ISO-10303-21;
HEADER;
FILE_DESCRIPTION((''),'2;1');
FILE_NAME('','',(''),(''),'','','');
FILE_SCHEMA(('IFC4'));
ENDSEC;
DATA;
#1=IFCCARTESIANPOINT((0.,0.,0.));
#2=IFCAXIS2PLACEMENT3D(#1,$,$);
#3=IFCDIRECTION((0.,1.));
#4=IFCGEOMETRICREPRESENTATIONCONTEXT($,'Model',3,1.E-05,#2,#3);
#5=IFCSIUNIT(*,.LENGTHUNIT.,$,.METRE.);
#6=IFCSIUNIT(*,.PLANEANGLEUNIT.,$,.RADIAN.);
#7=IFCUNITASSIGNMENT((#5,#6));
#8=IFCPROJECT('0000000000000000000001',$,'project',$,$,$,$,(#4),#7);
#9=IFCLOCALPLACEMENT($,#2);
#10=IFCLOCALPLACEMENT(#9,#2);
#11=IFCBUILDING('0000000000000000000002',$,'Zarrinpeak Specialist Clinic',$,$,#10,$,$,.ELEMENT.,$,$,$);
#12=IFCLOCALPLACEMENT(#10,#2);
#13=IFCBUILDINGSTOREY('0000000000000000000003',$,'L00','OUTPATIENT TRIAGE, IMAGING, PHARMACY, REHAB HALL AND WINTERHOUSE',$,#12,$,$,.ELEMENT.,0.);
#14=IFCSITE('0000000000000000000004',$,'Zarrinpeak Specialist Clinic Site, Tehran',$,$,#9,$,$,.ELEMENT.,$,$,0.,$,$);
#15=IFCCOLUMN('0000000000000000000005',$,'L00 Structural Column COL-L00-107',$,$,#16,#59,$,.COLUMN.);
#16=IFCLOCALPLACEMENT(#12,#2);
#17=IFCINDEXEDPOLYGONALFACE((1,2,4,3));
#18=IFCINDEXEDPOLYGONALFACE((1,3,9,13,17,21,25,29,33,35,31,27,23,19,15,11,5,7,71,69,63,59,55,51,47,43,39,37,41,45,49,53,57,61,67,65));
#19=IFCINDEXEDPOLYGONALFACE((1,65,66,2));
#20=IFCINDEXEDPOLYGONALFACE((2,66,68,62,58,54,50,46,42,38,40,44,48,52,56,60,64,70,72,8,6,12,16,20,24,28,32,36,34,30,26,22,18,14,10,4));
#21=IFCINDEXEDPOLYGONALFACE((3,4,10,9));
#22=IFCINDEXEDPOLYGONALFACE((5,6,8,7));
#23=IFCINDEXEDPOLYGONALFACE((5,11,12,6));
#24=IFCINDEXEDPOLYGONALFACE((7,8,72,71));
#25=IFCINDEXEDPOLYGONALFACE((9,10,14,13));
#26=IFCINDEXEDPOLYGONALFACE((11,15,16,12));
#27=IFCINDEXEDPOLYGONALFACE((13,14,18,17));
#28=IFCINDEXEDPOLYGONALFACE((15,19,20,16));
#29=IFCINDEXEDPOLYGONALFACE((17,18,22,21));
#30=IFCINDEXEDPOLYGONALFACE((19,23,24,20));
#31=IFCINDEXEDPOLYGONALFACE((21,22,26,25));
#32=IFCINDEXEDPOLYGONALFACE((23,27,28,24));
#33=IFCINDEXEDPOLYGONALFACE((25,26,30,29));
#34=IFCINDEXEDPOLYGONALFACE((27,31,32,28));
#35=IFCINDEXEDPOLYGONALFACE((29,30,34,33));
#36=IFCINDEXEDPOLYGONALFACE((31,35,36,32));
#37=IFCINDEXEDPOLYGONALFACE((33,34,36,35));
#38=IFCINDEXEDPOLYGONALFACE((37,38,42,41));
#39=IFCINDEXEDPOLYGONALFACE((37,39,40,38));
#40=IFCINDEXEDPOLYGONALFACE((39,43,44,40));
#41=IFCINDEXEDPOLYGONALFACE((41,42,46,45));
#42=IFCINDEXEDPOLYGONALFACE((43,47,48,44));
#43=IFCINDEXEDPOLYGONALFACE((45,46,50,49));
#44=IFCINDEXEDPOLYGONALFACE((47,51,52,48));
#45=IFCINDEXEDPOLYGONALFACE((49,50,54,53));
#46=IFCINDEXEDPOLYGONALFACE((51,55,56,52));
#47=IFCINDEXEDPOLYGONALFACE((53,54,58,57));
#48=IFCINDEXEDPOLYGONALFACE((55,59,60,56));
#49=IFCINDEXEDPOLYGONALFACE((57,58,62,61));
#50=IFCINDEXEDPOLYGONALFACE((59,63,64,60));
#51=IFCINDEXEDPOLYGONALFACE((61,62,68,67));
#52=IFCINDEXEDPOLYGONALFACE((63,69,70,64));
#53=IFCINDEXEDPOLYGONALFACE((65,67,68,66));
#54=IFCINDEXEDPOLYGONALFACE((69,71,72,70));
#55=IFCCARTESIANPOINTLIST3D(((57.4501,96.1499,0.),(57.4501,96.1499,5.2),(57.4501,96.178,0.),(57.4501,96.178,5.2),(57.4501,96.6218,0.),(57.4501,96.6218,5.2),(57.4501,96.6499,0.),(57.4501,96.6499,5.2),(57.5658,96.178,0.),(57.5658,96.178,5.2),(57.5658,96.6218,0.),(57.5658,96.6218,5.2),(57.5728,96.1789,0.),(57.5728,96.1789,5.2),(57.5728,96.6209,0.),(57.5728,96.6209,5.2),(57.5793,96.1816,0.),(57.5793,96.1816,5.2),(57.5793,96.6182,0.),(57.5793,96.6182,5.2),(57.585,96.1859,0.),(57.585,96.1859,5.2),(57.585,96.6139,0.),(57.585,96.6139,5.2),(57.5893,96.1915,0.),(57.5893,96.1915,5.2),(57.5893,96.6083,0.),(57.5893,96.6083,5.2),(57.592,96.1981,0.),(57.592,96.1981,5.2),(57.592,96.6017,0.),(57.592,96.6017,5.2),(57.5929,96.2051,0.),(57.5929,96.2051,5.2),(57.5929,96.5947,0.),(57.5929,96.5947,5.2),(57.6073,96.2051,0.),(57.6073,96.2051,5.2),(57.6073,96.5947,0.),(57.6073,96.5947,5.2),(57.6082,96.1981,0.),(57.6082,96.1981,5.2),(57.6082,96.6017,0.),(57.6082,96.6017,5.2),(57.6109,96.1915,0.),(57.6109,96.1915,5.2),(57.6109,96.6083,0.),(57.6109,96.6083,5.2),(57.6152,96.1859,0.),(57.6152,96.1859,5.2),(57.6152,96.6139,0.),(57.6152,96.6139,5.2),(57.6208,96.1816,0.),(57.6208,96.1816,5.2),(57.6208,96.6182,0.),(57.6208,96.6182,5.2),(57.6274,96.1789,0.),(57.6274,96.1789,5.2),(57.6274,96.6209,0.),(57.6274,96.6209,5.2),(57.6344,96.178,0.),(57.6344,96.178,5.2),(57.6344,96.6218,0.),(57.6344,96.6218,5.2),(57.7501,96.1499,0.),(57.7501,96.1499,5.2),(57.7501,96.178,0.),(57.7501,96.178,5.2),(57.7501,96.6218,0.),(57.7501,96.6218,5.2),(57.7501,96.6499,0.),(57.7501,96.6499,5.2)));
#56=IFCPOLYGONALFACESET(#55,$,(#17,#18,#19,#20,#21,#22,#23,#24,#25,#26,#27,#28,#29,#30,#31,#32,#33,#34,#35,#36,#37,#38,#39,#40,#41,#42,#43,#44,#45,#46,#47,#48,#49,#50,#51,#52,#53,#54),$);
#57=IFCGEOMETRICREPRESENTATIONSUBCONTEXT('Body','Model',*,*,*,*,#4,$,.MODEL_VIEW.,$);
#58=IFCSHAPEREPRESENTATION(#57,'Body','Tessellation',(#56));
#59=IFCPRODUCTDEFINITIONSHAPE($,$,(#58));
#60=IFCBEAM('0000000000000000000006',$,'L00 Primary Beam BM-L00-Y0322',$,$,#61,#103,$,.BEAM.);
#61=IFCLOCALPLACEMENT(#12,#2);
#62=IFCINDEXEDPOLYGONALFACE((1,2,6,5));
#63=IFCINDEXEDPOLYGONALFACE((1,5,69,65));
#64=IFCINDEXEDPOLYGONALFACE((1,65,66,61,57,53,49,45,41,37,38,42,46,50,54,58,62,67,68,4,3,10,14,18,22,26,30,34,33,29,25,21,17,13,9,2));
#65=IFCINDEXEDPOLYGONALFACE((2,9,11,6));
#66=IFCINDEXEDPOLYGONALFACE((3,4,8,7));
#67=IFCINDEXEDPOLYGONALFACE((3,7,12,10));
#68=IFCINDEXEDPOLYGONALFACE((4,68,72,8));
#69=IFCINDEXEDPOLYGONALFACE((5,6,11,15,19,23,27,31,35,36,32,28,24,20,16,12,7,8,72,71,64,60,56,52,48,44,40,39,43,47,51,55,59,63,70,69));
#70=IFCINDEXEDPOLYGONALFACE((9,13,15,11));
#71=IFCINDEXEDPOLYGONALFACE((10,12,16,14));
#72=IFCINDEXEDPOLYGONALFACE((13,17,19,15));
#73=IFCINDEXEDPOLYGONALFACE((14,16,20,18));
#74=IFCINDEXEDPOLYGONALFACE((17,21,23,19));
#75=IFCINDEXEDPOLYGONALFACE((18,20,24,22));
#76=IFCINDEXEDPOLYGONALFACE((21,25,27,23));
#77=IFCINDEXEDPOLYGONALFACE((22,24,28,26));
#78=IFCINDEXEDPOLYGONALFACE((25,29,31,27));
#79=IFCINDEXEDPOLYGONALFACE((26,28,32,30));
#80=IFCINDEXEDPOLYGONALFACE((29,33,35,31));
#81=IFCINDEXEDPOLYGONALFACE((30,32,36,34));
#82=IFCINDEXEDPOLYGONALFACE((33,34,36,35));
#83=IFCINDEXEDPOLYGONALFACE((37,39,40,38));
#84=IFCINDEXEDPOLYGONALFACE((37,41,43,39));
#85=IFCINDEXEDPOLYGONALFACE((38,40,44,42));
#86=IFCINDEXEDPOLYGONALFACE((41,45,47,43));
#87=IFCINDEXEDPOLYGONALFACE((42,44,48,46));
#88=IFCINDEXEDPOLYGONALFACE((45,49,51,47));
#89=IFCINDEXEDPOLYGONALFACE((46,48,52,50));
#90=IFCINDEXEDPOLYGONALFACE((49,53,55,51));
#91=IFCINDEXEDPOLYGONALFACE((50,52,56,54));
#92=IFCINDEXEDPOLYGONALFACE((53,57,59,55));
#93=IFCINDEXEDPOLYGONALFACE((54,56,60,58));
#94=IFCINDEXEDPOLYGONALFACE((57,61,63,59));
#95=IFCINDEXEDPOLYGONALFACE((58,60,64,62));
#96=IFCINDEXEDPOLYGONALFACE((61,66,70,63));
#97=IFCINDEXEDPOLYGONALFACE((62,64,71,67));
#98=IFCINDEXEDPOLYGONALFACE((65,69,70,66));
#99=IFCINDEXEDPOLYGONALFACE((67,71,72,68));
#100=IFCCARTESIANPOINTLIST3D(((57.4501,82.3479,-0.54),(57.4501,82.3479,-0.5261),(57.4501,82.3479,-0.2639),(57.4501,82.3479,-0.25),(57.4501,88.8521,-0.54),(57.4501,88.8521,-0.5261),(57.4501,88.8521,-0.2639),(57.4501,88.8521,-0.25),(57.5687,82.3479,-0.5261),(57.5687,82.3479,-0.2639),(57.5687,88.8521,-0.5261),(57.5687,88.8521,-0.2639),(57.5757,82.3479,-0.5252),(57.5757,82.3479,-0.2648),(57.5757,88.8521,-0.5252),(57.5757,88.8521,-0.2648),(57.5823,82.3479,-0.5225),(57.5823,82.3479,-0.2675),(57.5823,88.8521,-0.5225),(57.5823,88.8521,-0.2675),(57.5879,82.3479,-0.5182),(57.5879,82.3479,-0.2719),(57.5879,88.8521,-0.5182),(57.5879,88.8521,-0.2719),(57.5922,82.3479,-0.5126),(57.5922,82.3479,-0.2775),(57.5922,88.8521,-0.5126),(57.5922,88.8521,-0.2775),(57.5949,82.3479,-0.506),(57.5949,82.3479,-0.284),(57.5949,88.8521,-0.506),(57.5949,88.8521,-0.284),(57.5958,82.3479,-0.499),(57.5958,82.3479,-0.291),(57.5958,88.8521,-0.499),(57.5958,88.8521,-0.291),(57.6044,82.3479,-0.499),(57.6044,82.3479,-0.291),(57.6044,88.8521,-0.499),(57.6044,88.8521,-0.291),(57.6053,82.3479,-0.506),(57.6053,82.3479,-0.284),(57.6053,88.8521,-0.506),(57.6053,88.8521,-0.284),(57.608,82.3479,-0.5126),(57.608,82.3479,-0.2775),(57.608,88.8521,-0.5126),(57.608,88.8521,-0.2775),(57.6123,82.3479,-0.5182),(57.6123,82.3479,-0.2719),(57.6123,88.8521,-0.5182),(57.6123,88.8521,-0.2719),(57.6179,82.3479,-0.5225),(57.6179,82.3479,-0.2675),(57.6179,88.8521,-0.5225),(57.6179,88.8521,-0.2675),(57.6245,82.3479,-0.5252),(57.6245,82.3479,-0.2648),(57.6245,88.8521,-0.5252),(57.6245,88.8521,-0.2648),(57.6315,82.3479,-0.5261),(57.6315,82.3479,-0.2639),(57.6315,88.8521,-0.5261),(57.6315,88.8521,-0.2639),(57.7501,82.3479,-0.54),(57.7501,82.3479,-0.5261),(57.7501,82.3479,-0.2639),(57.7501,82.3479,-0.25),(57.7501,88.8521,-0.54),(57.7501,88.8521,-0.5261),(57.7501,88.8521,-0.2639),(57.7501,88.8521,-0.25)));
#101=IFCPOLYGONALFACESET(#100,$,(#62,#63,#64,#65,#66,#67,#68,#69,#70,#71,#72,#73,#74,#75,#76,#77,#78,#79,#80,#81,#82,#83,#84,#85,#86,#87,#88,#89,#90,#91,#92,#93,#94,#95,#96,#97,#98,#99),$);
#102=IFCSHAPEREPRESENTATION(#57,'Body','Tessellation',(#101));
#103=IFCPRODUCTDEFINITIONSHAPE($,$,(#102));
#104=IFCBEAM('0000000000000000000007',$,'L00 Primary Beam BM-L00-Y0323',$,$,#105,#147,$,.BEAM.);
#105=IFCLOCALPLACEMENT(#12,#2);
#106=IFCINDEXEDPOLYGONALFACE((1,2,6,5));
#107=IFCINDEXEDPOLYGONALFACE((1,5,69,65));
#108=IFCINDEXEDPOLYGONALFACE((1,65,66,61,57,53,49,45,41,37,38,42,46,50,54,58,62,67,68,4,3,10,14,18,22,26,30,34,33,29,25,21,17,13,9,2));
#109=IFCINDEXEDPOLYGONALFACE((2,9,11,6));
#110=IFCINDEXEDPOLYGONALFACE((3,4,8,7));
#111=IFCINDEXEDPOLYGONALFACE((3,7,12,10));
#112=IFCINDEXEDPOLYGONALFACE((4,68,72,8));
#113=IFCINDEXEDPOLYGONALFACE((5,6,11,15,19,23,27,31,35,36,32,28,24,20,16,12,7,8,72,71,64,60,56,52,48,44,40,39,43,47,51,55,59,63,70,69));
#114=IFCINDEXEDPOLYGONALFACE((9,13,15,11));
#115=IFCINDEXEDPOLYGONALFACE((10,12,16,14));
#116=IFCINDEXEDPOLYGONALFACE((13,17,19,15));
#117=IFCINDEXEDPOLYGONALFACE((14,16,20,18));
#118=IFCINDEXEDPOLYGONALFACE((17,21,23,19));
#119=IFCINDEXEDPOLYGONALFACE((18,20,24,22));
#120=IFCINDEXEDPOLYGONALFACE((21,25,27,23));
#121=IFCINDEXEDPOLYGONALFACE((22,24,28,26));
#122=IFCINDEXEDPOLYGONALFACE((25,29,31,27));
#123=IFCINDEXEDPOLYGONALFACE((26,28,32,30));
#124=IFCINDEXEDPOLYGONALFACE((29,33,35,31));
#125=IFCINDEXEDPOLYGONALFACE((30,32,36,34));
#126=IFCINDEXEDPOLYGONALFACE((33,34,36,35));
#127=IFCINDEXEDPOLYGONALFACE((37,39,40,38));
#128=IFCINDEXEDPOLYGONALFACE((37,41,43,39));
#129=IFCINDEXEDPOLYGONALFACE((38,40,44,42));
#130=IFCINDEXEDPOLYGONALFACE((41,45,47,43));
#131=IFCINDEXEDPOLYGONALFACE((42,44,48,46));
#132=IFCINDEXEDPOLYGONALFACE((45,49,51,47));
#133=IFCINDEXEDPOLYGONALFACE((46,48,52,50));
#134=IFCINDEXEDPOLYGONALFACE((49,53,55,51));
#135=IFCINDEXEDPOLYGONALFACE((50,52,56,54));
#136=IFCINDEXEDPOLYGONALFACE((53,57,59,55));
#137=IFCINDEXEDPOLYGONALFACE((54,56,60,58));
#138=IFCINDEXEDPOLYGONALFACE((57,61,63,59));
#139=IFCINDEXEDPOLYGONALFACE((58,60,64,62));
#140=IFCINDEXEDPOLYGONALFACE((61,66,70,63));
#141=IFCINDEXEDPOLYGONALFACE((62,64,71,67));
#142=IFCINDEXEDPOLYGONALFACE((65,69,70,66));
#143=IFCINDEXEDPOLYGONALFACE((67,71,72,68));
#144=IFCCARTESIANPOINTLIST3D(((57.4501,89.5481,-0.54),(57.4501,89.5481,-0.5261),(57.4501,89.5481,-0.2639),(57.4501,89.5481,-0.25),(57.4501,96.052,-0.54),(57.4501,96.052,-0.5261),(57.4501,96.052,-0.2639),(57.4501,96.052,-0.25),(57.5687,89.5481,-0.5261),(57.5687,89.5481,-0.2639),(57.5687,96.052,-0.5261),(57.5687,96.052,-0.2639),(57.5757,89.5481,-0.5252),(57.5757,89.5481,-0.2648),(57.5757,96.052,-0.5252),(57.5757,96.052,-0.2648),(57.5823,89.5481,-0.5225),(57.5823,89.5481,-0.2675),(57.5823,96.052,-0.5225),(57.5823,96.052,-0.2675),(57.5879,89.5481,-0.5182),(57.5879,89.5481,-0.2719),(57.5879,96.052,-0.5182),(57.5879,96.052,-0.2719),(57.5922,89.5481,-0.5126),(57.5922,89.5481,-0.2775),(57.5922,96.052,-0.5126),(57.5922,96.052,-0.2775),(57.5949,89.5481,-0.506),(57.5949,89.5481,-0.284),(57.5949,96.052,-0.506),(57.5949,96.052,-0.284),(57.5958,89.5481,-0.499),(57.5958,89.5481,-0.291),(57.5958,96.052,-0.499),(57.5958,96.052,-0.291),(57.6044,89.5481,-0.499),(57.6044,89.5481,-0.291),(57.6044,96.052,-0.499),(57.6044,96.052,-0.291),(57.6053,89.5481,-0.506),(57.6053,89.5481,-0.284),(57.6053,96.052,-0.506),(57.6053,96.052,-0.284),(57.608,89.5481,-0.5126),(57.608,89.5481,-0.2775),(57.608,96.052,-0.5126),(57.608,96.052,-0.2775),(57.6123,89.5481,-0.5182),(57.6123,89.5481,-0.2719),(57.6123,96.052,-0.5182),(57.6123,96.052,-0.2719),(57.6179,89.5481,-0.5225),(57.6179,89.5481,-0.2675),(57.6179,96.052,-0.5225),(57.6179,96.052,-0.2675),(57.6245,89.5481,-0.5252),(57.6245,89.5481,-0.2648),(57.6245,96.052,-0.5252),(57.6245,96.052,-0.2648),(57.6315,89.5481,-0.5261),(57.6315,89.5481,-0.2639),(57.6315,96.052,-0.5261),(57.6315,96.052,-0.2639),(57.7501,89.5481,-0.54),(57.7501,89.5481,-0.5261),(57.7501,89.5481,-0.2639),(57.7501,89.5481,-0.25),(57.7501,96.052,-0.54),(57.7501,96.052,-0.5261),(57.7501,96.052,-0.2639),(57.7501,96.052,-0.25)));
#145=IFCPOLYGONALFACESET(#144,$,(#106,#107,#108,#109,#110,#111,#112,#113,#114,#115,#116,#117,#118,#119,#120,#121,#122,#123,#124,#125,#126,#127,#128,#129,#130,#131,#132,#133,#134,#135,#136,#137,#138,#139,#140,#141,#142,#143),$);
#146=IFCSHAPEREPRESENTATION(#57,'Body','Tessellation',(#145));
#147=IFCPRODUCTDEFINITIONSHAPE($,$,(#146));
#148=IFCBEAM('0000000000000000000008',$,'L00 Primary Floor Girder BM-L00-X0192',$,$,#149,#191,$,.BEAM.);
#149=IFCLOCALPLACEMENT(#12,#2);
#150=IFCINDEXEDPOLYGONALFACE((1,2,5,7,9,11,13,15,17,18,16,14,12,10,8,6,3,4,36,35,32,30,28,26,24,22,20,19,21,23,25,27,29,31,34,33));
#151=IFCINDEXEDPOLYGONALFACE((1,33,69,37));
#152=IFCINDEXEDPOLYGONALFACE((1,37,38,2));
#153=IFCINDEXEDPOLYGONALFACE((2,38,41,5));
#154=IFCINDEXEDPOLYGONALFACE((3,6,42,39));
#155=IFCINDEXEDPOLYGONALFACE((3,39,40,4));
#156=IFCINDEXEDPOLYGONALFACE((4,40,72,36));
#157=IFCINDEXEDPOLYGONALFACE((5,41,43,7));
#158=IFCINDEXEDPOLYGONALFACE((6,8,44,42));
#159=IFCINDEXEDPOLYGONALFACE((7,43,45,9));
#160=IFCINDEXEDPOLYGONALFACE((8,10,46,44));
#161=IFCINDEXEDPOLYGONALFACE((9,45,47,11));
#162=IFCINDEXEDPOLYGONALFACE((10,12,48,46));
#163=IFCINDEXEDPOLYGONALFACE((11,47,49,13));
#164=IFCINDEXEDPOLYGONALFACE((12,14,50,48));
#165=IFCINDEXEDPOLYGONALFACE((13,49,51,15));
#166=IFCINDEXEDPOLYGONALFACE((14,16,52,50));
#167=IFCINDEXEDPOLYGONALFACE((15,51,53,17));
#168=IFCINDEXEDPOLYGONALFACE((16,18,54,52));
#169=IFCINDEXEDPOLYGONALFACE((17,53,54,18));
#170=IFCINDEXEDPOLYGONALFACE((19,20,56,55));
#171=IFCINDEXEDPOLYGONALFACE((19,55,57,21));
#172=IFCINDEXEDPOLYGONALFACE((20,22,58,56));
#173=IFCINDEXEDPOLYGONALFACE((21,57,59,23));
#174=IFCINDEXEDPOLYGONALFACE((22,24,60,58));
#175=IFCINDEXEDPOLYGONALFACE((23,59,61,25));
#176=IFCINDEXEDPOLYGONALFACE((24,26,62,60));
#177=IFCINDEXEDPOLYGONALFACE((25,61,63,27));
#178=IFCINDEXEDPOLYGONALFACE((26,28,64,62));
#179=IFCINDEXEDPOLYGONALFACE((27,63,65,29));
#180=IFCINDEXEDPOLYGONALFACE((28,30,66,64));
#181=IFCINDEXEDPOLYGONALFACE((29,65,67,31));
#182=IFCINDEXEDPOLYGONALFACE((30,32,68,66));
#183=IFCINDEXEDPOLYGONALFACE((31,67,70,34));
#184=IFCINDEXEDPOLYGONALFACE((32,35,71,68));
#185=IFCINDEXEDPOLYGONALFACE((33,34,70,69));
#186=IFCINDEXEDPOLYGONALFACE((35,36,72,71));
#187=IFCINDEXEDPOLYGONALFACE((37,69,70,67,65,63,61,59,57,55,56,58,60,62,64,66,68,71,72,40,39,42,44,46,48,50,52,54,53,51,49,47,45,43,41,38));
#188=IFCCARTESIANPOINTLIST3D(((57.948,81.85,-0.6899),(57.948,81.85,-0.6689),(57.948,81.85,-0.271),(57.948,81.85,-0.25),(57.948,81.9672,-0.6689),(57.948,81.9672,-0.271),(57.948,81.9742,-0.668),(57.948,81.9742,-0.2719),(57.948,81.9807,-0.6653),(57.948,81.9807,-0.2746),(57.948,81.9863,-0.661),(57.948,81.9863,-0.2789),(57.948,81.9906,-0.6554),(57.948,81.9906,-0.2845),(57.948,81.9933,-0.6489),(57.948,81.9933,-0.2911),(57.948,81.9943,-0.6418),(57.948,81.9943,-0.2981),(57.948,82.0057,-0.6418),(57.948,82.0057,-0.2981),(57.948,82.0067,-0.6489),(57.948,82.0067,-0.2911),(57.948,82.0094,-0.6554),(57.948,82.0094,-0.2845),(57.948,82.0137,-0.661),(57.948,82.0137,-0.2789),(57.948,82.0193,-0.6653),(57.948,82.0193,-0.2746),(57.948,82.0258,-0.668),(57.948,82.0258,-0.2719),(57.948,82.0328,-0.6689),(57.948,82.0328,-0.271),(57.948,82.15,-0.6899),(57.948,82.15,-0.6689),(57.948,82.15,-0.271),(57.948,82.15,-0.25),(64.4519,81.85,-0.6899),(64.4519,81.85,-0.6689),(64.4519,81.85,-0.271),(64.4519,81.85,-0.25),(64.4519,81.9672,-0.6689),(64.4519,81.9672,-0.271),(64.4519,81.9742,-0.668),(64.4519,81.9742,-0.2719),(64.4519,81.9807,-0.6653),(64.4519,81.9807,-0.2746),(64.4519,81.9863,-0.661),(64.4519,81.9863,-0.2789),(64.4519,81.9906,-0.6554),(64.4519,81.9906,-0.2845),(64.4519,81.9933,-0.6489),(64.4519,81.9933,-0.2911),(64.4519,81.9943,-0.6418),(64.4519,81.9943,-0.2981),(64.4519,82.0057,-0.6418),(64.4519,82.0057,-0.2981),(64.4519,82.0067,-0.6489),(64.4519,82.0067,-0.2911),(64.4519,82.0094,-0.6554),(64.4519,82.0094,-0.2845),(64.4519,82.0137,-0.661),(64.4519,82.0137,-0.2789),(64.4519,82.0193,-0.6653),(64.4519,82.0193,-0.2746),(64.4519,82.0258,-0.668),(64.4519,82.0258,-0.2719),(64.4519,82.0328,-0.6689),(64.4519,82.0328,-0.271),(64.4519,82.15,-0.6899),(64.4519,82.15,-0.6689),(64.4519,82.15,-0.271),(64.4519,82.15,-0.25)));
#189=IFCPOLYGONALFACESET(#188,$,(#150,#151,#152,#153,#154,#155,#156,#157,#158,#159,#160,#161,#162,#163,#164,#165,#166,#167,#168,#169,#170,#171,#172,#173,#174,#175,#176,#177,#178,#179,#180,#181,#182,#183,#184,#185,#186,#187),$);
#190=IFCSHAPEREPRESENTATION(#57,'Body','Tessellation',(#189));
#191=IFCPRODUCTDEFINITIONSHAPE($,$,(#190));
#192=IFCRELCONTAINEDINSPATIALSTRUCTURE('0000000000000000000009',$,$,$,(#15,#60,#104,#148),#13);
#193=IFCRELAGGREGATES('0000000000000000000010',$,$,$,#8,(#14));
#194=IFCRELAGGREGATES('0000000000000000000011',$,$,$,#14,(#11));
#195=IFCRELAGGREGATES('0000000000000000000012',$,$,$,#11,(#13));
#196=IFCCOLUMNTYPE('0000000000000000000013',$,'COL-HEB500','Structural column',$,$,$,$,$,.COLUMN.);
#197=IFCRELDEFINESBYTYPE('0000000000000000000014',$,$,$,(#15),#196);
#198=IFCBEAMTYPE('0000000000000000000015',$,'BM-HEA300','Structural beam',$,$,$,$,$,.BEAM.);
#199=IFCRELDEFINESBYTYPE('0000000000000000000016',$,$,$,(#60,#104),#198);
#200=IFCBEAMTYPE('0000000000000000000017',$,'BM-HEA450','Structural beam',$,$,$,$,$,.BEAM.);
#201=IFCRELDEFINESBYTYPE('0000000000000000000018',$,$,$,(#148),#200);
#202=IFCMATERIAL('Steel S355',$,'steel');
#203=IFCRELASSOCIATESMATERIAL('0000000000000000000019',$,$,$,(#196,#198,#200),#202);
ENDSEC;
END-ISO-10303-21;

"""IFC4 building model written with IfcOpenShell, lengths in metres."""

from ifc_helpers import new_model, si_unit, direction, frame, origin, origin_2d, place, context, subcontext, project, spatial, i_section, extrude, material, material_profile, profile_set, type_object, element, save


model = new_model("IFC4")

# Units and contexts
model_context = context("Model", 3, precision=1e-05, world=origin(), true_north=direction((0.0, 1.0)))
body_context = subcontext(model_context, "Body", "Model", "MODEL_VIEW")
ifc_project = project(units=[si_unit("LENGTHUNIT", "METRE"), si_unit("PLANEANGLEUNIT", "RADIAN")], contexts=[model_context])

# Site, building, storey
site_placement = place(None, origin())
site = spatial("IfcSite", under=ifc_project, at=site_placement, Name="Zarrinpeak Specialist Clinic Site, Tehran", CompositionType="ELEMENT", RefElevation=0.0)
building_placement = place(site_placement, origin())
building = spatial("IfcBuilding", under=site, at=building_placement, Name="Zarrinpeak Specialist Clinic", CompositionType="ELEMENT")
storey_placement = place(building_placement, origin())
storey = spatial("IfcBuildingStorey", under=building, at=storey_placement, Name="L00", Description="OUTPATIENT TRIAGE, IMAGING, PHARMACY, REHAB HALL AND WINTERHOUSE", CompositionType="ELEMENT", Elevation=0.0)

# Column
ifc_material_1 = material(Name="Steel S355", Category="steel")
ifc_material_profile_1 = material_profile(ifc_material_1, i_section(OverallWidth=0.3, OverallDepth=0.5, WebThickness=0.0144, FlangeThickness=0.0281, FilletRadius=0.0271, at=origin_2d()), Name="HEB 500")
ifc_profile_set_1 = profile_set([ifc_material_profile_1], Name="Steel S355")
column_type_1 = type_object("IfcColumnType", Name="COL-HEB500", Description="Structural column", PredefinedType="COLUMN", material=ifc_profile_set_1)
column_placement = place(storey_placement, frame((57.6001, 96.3999, 0.0), z_axis=(0.0, 0.0, 1.0), x_axis=(1.0, 0.0, 0.0)))
element("IfcColumn", 1, at=column_placement, inside=storey, type_object=column_type_1, Name="L00 Structural Column COL-L00-107", PredefinedType="COLUMN", context=body_context, shape_type="SweptSolid", body=[
    extrude(i_section(OverallWidth=0.3, OverallDepth=0.5, WebThickness=0.0144, FlangeThickness=0.0281, FilletRadius=0.0271, at=origin_2d()), origin(), (0.0, 0.0, 1.0), 5.2),
])

# Beams
ifc_material_profile_2 = material_profile(ifc_material_1, i_section(OverallWidth=0.3, OverallDepth=0.29, WebThickness=0.0085, FlangeThickness=0.0139, FilletRadius=0.0271, at=origin_2d()), Name="HEA 300")
ifc_profile_set_2 = profile_set([ifc_material_profile_2], Name="Steel S355")
beam_type_1 = type_object("IfcBeamType", Name="BM-HEA300", Description="Structural beam", PredefinedType="BEAM", material=ifc_profile_set_2)
beam_1_placement = place(storey_placement, frame((57.6001, 82.3479, -0.395), z_axis=(0.0, 1.0, 0.0), x_axis=(-1.0, 0.0, 0.0)))
element("IfcBeam", 2, at=beam_1_placement, inside=storey, type_object=beam_type_1, Name="L00 Primary Beam BM-L00-Y0322", PredefinedType="BEAM", context=body_context, shape_type="SweptSolid", body=[
    extrude(i_section(OverallWidth=0.3, OverallDepth=0.29, WebThickness=0.0085, FlangeThickness=0.0139, FilletRadius=0.0271, at=origin_2d()), origin(), (0.0, 0.0, 1.0), 6.5042),
])
beam_2_placement = place(storey_placement, frame((57.6001, 89.5481, -0.395), z_axis=(0.0, 1.0, 0.0), x_axis=(-1.0, 0.0, 0.0)))
element("IfcBeam", 3, at=beam_2_placement, inside=storey, type_object=beam_type_1, Name="L00 Primary Beam BM-L00-Y0323", PredefinedType="BEAM", context=body_context, shape_type="SweptSolid", body=[
    extrude(i_section(OverallWidth=0.3, OverallDepth=0.29, WebThickness=0.0085, FlangeThickness=0.0139, FilletRadius=0.0271, at=origin_2d()), origin(), (0.0, 0.0, 1.0), 6.5039),
])
ifc_material_profile_3 = material_profile(ifc_material_1, i_section(OverallWidth=0.3, OverallDepth=0.4399, WebThickness=0.0115, FlangeThickness=0.021, FilletRadius=0.0271, at=origin_2d()), Name="HEA 450")
ifc_profile_set_3 = profile_set([ifc_material_profile_3], Name="Steel S355")
beam_type_2 = type_object("IfcBeamType", Name="BM-HEA450", Description="Structural beam", PredefinedType="BEAM", material=ifc_profile_set_3)
for number, where, z_axis, x_axis, name in (
    (4, (57.948, 82.0, -0.47), (1.0, 0.0, 0.0), (0.0, 1.0, 0.0), "L00 Primary Floor Girder BM-L00-X0192"),
):
    element("IfcBeam", number, at=place(storey_placement, frame(where, z_axis=z_axis, x_axis=x_axis)), inside=storey, type_object=beam_type_2, Name=name, PredefinedType="BEAM", context=body_context, shape_type="SweptSolid", body=[
        extrude(i_section(OverallWidth=0.3, OverallDepth=0.4399, WebThickness=0.0115, FlangeThickness=0.021, FilletRadius=0.0271, at=origin_2d()), origin(), (0.0, 0.0, 1.0), 6.5039),
    ])

save(model, "model.ifc")
